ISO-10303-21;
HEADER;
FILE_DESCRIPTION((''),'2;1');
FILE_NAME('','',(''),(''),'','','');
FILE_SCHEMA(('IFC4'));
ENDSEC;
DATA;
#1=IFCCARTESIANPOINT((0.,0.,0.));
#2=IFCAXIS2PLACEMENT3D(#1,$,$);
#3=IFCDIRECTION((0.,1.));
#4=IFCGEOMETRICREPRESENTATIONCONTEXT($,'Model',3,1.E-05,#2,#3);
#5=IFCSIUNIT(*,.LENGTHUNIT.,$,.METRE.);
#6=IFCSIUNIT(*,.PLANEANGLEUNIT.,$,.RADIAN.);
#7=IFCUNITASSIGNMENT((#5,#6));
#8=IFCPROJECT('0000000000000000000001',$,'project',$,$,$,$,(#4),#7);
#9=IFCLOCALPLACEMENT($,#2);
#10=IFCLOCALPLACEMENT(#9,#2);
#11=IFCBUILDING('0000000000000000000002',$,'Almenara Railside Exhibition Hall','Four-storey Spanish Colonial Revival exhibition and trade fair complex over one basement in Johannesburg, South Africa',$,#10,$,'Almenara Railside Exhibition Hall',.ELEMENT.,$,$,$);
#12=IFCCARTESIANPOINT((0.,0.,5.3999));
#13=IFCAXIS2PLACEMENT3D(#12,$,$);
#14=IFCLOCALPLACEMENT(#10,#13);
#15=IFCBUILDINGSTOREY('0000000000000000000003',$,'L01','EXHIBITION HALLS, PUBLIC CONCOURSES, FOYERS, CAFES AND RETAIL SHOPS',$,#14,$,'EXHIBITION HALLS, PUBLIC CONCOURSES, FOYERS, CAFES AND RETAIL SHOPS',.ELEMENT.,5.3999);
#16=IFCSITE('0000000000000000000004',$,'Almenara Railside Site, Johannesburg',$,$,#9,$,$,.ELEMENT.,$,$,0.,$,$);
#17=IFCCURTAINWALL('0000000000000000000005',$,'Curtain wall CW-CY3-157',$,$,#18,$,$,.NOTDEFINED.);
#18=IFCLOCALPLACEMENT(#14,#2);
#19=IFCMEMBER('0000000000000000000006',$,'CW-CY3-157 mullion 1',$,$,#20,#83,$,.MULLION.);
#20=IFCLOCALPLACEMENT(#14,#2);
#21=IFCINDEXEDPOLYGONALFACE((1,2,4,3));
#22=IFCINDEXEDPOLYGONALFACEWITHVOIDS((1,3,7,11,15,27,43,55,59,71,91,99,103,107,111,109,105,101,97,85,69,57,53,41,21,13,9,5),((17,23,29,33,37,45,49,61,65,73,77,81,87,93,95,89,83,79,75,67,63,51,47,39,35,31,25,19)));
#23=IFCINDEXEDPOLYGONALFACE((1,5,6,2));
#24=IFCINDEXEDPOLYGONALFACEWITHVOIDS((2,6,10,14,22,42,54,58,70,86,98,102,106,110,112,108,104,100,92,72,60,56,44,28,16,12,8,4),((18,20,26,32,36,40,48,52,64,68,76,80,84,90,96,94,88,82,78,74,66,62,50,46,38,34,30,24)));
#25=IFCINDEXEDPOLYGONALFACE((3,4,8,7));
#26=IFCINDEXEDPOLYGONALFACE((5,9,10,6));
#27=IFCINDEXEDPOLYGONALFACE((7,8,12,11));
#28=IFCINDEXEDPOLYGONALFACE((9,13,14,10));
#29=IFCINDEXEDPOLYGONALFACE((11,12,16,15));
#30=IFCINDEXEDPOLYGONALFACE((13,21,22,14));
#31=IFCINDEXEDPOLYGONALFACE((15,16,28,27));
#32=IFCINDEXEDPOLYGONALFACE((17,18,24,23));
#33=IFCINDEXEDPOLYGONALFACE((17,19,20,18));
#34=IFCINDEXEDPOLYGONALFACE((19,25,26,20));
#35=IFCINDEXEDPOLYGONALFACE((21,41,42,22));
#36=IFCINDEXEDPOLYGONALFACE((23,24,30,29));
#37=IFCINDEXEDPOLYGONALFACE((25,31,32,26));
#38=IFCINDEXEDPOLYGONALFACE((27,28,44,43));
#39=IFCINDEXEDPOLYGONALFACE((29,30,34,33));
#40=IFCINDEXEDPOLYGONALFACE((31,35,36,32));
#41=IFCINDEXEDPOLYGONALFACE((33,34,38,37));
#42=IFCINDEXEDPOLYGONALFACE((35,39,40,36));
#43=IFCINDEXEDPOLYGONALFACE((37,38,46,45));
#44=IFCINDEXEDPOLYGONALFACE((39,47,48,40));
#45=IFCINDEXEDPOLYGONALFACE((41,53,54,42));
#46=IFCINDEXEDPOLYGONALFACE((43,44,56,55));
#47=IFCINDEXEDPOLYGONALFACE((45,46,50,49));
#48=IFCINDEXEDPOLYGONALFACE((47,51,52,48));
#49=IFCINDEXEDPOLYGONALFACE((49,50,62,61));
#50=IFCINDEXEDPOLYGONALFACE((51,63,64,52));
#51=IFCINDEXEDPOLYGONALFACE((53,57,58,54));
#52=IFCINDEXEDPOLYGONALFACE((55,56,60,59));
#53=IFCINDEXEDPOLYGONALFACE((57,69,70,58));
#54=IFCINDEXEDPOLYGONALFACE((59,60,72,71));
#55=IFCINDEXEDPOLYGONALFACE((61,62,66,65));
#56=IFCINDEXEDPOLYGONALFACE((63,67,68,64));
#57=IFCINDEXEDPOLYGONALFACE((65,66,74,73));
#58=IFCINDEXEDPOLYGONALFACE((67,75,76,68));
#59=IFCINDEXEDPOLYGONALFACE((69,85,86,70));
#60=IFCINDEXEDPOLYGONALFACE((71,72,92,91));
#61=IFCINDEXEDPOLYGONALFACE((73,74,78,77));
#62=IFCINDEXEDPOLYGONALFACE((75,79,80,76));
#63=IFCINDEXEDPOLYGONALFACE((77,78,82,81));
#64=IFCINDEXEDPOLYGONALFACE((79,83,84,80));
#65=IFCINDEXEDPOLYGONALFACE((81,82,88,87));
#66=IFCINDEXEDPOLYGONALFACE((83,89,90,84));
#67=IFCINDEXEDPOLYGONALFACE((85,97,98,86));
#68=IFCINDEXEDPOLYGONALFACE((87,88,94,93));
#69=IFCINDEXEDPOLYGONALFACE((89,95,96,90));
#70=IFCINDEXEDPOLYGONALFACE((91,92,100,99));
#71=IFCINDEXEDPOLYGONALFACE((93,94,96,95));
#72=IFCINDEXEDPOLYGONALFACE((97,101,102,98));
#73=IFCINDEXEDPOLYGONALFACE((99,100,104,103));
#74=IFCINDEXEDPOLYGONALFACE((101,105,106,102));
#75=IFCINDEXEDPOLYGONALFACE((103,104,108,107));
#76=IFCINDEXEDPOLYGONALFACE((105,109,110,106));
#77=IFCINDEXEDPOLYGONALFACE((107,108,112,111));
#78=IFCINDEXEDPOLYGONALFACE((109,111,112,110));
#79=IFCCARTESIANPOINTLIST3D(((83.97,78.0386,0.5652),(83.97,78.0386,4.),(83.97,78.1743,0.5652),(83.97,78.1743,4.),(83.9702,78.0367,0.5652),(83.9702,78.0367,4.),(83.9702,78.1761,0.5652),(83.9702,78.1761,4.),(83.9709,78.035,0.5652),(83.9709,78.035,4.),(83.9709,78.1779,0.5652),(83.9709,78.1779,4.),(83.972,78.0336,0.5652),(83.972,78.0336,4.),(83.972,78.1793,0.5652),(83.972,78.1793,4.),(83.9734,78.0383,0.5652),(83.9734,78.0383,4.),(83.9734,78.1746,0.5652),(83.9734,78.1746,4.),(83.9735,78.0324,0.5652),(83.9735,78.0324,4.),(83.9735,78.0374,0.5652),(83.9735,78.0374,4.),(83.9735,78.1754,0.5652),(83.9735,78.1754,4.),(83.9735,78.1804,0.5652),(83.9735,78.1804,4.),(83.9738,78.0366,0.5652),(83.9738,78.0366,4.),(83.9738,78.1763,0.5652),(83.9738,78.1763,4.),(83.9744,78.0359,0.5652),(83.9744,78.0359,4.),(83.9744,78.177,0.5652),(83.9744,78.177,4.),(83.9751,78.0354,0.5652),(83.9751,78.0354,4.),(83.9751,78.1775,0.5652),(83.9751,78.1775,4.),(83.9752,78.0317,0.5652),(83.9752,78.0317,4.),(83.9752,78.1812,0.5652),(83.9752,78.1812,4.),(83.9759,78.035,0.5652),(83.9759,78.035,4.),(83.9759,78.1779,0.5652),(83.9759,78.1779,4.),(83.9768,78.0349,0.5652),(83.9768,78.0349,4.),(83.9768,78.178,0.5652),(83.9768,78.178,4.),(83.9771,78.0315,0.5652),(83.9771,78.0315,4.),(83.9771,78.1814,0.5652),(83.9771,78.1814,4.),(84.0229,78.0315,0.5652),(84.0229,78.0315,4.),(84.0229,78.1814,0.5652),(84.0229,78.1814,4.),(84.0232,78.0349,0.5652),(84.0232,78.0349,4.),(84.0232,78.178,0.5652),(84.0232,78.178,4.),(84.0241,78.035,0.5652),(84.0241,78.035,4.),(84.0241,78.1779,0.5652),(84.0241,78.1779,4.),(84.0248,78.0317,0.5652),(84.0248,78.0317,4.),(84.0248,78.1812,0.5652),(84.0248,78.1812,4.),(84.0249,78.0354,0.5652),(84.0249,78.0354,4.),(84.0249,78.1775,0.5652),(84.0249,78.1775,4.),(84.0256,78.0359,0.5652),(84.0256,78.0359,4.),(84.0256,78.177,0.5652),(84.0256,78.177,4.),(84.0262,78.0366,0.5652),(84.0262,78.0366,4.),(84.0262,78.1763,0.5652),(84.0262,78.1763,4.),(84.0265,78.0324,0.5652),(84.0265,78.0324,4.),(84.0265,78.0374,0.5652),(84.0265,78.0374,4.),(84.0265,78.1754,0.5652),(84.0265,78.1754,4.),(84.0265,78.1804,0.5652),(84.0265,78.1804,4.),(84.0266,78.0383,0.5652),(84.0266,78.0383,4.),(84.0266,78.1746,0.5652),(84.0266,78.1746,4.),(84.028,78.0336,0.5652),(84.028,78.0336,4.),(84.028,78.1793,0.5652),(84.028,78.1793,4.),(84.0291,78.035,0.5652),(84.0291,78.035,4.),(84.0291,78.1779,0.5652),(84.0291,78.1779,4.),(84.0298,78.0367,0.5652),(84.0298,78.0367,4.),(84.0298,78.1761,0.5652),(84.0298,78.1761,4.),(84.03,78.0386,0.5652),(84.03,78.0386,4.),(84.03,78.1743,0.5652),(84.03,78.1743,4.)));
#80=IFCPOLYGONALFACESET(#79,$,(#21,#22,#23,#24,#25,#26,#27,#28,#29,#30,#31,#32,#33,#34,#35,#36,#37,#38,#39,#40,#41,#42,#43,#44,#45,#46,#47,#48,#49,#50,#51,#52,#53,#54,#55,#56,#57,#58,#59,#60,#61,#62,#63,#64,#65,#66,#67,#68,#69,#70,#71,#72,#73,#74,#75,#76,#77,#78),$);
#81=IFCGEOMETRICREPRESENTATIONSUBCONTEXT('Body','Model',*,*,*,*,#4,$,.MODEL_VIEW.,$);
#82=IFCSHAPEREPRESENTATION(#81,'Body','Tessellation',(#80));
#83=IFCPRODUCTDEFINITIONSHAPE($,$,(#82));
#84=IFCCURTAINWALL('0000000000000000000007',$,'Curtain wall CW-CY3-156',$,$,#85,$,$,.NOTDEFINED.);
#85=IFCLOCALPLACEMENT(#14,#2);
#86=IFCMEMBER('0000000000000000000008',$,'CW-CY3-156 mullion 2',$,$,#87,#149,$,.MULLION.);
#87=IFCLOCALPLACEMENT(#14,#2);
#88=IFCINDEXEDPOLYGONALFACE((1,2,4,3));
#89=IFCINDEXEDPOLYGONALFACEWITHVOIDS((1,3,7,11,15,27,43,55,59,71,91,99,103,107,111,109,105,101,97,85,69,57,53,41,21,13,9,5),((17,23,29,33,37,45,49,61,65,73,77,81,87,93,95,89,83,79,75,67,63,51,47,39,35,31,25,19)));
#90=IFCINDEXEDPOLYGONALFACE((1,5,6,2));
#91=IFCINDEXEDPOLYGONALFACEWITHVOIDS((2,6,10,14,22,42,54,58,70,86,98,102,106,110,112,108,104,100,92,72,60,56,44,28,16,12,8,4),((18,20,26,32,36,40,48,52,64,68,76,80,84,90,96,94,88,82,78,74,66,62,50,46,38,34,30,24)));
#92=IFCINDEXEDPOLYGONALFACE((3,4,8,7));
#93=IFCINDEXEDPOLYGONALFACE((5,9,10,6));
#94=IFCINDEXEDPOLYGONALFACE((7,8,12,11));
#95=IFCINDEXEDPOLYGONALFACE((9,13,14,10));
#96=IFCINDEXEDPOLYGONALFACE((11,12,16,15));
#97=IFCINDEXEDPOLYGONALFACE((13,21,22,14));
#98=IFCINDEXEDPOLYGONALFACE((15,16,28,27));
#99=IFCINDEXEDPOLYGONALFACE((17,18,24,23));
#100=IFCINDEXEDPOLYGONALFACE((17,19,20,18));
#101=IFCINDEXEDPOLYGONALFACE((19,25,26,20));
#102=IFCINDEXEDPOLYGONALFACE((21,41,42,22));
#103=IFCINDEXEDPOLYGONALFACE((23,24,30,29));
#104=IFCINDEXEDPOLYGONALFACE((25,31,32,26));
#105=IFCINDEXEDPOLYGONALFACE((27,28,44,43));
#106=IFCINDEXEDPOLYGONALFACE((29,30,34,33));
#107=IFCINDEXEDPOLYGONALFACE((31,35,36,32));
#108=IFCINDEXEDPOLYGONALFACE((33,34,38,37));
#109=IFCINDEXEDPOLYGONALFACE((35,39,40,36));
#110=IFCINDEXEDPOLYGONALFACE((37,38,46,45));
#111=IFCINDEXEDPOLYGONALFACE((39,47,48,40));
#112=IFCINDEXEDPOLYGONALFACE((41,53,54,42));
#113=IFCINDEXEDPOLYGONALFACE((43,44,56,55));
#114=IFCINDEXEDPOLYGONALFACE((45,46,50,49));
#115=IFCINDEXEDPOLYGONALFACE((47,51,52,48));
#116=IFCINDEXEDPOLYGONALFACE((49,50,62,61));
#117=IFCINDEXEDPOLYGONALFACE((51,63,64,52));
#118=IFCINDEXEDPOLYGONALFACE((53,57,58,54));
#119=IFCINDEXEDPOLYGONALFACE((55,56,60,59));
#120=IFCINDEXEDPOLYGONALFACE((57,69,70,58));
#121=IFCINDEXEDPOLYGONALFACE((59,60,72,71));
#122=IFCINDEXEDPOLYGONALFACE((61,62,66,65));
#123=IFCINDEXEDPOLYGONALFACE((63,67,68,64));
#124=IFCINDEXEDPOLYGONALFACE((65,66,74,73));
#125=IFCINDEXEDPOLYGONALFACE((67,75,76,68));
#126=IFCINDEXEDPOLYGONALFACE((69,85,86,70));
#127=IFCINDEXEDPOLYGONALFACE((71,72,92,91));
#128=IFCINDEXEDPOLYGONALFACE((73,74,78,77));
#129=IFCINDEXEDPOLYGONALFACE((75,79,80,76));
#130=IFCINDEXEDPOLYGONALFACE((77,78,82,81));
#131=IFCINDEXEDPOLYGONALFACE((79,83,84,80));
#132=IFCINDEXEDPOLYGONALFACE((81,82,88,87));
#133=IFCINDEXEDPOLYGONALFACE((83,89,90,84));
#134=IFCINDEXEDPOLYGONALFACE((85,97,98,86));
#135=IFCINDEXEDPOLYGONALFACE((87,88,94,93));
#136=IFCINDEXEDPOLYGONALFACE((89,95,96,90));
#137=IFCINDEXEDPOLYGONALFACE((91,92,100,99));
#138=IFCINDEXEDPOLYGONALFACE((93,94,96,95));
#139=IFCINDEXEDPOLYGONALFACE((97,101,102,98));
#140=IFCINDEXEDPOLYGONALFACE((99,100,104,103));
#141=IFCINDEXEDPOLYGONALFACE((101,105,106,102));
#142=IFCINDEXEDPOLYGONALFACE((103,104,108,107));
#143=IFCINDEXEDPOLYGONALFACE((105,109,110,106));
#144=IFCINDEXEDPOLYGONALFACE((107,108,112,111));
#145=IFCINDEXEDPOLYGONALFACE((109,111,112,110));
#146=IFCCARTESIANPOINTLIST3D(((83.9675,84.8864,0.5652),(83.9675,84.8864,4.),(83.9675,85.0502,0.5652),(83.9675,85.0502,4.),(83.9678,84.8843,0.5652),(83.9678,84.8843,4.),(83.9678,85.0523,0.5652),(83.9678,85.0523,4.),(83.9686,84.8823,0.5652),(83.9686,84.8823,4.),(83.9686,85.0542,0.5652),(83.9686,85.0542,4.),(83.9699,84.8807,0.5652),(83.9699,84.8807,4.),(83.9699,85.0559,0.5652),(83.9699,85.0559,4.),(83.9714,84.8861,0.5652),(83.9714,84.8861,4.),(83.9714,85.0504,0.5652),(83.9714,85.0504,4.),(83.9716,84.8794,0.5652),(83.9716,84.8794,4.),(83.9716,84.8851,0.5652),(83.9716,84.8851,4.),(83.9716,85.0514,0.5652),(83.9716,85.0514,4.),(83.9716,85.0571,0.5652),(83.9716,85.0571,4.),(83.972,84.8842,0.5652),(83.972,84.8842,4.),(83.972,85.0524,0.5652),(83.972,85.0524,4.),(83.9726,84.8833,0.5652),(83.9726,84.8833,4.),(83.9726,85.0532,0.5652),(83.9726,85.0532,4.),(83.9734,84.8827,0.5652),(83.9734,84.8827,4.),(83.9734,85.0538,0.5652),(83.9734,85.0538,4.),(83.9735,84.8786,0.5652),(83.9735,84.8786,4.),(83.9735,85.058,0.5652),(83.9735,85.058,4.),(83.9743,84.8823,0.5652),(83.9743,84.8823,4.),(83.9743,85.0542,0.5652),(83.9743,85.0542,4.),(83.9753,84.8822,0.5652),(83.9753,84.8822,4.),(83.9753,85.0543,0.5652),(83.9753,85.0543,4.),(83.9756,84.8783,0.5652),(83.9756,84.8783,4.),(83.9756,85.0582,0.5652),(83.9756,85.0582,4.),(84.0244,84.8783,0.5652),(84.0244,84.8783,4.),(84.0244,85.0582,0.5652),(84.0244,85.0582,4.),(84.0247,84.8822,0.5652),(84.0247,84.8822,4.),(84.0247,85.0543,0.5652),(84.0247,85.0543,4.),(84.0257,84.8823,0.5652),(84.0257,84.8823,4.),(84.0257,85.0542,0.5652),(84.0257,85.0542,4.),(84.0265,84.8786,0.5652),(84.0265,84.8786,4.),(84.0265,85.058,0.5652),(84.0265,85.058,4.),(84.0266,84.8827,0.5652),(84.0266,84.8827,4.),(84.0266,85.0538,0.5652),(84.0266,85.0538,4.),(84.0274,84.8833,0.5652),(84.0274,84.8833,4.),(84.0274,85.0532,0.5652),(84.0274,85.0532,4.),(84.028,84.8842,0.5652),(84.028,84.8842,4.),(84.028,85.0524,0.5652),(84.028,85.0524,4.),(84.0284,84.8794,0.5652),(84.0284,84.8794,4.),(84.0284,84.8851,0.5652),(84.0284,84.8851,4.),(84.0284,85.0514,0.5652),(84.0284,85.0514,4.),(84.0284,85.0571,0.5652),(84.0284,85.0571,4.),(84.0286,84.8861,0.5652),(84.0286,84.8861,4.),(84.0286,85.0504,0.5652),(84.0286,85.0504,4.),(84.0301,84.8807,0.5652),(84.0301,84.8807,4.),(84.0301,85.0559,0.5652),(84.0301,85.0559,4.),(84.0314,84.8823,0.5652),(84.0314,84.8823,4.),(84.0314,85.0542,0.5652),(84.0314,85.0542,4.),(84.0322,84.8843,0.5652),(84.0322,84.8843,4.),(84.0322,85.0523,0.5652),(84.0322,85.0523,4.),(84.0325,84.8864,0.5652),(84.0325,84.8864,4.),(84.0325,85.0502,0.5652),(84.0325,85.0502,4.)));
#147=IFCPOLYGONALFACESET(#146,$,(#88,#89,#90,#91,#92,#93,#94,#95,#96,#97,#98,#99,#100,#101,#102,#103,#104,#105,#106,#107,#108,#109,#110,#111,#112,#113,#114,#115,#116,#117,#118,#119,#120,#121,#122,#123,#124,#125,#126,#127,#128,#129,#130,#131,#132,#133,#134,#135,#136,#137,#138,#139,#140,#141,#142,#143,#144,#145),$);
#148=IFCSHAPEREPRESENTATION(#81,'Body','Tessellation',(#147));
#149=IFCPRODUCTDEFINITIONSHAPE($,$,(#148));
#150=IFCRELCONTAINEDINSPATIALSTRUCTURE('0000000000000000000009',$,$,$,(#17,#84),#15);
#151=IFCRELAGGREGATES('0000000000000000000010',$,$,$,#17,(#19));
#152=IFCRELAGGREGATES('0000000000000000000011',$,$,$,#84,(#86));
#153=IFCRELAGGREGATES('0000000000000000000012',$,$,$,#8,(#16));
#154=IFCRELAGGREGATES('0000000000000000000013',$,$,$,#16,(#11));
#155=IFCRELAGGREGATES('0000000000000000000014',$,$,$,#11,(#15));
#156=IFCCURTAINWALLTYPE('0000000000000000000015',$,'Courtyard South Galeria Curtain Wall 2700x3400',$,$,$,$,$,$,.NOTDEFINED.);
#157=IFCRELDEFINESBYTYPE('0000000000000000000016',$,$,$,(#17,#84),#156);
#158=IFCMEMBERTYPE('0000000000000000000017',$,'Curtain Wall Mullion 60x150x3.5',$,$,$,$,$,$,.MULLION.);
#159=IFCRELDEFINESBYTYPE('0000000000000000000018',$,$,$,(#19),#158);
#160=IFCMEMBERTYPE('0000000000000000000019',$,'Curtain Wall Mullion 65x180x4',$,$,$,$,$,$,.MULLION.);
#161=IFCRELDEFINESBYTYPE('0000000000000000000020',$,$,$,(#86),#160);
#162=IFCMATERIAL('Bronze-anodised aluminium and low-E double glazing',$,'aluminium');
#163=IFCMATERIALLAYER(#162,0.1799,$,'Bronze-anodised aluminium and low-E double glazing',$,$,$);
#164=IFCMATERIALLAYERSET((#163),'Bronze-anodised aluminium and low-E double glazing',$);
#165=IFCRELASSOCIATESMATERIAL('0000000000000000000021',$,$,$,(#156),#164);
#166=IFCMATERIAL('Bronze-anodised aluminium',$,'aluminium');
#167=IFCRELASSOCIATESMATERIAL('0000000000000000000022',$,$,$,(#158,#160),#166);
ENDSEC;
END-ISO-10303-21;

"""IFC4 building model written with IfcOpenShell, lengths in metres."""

from ifc_helpers import new_model, si_unit, direction, frame, origin, origin_2d, place, context, subcontext, project, spatial, hollow_rectangle, extrude, material, layer, layer_set, material_profile, profile_set, type_object, element, aggregate, save


model = new_model("IFC4")

# Units and contexts
model_context = context("Model", 3, precision=1e-05, world=origin(), true_north=direction((0.0, 1.0)))
body_context = subcontext(model_context, "Body", "Model", "MODEL_VIEW")
ifc_project = project(units=[si_unit("LENGTHUNIT", "METRE"), si_unit("PLANEANGLEUNIT", "RADIAN")], contexts=[model_context])

# Site, building, storey
site_placement = place(None, origin())
site = spatial("IfcSite", under=ifc_project, at=site_placement, Name="Almenara Railside Site, Johannesburg", CompositionType="ELEMENT", RefElevation=0.0)
building_placement = place(site_placement, origin())
building = spatial("IfcBuilding", under=site, at=building_placement, Name="Almenara Railside Exhibition Hall", Description="Four-storey Spanish Colonial Revival exhibition and trade fair complex over one basement in Johannesburg, South Africa", LongName="Almenara Railside Exhibition Hall", CompositionType="ELEMENT")
storey_placement = place(building_placement, frame((0.0, 0.0, 5.3999)))
storey = spatial("IfcBuildingStorey", under=building, at=storey_placement, Name="L01", Description="EXHIBITION HALLS, PUBLIC CONCOURSES, FOYERS, CAFES AND RETAIL SHOPS", LongName="EXHIBITION HALLS, PUBLIC CONCOURSES, FOYERS, CAFES AND RETAIL SHOPS", CompositionType="ELEMENT", Elevation=5.3999)

# Curtain wall, member
ifc_material_1 = material(Name="Bronze-anodised aluminium and low-E double glazing", Category="aluminium")
ifc_layer_1 = layer(ifc_material_1, 0.1799, Name="Bronze-anodised aluminium and low-E double glazing")
ifc_layer_set_1 = layer_set([ifc_layer_1], Name="Bronze-anodised aluminium and low-E double glazing")
curtain_wall_type = type_object("IfcCurtainWallType", Name="Courtyard South Galeria Curtain Wall 2700x3400", PredefinedType="NOTDEFINED", material=ifc_layer_set_1)
curtain_wall_1_placement = place(storey_placement, origin())
curtain_wall_1 = element("IfcCurtainWall", 1, at=curtain_wall_1_placement, inside=storey, type_object=curtain_wall_type, Name="Curtain wall CW-CY3-157", PredefinedType="NOTDEFINED")
ifc_material_2 = material(Name="Bronze-anodised aluminium", Category="aluminium")
ifc_material_profile_1 = material_profile(ifc_material_2, hollow_rectangle(XDim=0.0601, YDim=0.1499, WallThickness=0.0034, InnerFilletRadius=0.0034, OuterFilletRadius=0.0071, at=origin_2d()), Name="ALU-MUL 60x150x3.5")
ifc_profile_set_1 = profile_set([ifc_material_profile_1], Name="Bronze-anodised aluminium")
member_type_1 = type_object("IfcMemberType", Name="Curtain Wall Mullion 60x150x3.5", PredefinedType="MULLION", material=ifc_profile_set_1)
member_1_placement = place(storey_placement, frame((84.0, 78.1064, 0.5652), z_axis=(0.0, 0.0, 1.0), x_axis=(1.0, 0.0, 0.0)))
member_1 = element("IfcMember", 2, at=member_1_placement, type_object=member_type_1, Name="CW-CY3-157 mullion 1", PredefinedType="MULLION", context=body_context, shape_type="SweptSolid", body=[
    extrude(hollow_rectangle(XDim=0.0601, YDim=0.1499, WallThickness=0.0034, InnerFilletRadius=0.0034, OuterFilletRadius=0.0071, at=origin_2d()), origin(), (0.0, 0.0, 1.0), 3.4348),
])

# Curtain wall, member
curtain_wall_2_placement = place(storey_placement, origin())
curtain_wall_2 = element("IfcCurtainWall", 3, at=curtain_wall_2_placement, inside=storey, type_object=curtain_wall_type, Name="Curtain wall CW-CY3-156", PredefinedType="NOTDEFINED")
ifc_material_profile_2 = material_profile(ifc_material_2, hollow_rectangle(XDim=0.0649, YDim=0.1799, WallThickness=0.0039, InnerFilletRadius=0.0039, OuterFilletRadius=0.0081, at=origin_2d()), Name="ALU-MUL 65x180x4")
ifc_profile_set_2 = profile_set([ifc_material_profile_2], Name="Bronze-anodised aluminium")
member_type_2 = type_object("IfcMemberType", Name="Curtain Wall Mullion 65x180x4", PredefinedType="MULLION", material=ifc_profile_set_2)
member_2_placement = place(storey_placement, frame((84.0, 84.9683, 0.5652), z_axis=(0.0, 0.0, 1.0), x_axis=(1.0, 0.0, 0.0)))
member_2 = element("IfcMember", 4, at=member_2_placement, type_object=member_type_2, Name="CW-CY3-156 mullion 2", PredefinedType="MULLION", context=body_context, shape_type="SweptSolid", body=[
    extrude(hollow_rectangle(XDim=0.0649, YDim=0.1799, WallThickness=0.0039, InnerFilletRadius=0.0039, OuterFilletRadius=0.0081, at=origin_2d()), origin(), (0.0, 0.0, 1.0), 3.4348),
])

aggregate(curtain_wall_1, [member_1])
aggregate(curtain_wall_2, [member_2])

save(model, "model.ifc")
